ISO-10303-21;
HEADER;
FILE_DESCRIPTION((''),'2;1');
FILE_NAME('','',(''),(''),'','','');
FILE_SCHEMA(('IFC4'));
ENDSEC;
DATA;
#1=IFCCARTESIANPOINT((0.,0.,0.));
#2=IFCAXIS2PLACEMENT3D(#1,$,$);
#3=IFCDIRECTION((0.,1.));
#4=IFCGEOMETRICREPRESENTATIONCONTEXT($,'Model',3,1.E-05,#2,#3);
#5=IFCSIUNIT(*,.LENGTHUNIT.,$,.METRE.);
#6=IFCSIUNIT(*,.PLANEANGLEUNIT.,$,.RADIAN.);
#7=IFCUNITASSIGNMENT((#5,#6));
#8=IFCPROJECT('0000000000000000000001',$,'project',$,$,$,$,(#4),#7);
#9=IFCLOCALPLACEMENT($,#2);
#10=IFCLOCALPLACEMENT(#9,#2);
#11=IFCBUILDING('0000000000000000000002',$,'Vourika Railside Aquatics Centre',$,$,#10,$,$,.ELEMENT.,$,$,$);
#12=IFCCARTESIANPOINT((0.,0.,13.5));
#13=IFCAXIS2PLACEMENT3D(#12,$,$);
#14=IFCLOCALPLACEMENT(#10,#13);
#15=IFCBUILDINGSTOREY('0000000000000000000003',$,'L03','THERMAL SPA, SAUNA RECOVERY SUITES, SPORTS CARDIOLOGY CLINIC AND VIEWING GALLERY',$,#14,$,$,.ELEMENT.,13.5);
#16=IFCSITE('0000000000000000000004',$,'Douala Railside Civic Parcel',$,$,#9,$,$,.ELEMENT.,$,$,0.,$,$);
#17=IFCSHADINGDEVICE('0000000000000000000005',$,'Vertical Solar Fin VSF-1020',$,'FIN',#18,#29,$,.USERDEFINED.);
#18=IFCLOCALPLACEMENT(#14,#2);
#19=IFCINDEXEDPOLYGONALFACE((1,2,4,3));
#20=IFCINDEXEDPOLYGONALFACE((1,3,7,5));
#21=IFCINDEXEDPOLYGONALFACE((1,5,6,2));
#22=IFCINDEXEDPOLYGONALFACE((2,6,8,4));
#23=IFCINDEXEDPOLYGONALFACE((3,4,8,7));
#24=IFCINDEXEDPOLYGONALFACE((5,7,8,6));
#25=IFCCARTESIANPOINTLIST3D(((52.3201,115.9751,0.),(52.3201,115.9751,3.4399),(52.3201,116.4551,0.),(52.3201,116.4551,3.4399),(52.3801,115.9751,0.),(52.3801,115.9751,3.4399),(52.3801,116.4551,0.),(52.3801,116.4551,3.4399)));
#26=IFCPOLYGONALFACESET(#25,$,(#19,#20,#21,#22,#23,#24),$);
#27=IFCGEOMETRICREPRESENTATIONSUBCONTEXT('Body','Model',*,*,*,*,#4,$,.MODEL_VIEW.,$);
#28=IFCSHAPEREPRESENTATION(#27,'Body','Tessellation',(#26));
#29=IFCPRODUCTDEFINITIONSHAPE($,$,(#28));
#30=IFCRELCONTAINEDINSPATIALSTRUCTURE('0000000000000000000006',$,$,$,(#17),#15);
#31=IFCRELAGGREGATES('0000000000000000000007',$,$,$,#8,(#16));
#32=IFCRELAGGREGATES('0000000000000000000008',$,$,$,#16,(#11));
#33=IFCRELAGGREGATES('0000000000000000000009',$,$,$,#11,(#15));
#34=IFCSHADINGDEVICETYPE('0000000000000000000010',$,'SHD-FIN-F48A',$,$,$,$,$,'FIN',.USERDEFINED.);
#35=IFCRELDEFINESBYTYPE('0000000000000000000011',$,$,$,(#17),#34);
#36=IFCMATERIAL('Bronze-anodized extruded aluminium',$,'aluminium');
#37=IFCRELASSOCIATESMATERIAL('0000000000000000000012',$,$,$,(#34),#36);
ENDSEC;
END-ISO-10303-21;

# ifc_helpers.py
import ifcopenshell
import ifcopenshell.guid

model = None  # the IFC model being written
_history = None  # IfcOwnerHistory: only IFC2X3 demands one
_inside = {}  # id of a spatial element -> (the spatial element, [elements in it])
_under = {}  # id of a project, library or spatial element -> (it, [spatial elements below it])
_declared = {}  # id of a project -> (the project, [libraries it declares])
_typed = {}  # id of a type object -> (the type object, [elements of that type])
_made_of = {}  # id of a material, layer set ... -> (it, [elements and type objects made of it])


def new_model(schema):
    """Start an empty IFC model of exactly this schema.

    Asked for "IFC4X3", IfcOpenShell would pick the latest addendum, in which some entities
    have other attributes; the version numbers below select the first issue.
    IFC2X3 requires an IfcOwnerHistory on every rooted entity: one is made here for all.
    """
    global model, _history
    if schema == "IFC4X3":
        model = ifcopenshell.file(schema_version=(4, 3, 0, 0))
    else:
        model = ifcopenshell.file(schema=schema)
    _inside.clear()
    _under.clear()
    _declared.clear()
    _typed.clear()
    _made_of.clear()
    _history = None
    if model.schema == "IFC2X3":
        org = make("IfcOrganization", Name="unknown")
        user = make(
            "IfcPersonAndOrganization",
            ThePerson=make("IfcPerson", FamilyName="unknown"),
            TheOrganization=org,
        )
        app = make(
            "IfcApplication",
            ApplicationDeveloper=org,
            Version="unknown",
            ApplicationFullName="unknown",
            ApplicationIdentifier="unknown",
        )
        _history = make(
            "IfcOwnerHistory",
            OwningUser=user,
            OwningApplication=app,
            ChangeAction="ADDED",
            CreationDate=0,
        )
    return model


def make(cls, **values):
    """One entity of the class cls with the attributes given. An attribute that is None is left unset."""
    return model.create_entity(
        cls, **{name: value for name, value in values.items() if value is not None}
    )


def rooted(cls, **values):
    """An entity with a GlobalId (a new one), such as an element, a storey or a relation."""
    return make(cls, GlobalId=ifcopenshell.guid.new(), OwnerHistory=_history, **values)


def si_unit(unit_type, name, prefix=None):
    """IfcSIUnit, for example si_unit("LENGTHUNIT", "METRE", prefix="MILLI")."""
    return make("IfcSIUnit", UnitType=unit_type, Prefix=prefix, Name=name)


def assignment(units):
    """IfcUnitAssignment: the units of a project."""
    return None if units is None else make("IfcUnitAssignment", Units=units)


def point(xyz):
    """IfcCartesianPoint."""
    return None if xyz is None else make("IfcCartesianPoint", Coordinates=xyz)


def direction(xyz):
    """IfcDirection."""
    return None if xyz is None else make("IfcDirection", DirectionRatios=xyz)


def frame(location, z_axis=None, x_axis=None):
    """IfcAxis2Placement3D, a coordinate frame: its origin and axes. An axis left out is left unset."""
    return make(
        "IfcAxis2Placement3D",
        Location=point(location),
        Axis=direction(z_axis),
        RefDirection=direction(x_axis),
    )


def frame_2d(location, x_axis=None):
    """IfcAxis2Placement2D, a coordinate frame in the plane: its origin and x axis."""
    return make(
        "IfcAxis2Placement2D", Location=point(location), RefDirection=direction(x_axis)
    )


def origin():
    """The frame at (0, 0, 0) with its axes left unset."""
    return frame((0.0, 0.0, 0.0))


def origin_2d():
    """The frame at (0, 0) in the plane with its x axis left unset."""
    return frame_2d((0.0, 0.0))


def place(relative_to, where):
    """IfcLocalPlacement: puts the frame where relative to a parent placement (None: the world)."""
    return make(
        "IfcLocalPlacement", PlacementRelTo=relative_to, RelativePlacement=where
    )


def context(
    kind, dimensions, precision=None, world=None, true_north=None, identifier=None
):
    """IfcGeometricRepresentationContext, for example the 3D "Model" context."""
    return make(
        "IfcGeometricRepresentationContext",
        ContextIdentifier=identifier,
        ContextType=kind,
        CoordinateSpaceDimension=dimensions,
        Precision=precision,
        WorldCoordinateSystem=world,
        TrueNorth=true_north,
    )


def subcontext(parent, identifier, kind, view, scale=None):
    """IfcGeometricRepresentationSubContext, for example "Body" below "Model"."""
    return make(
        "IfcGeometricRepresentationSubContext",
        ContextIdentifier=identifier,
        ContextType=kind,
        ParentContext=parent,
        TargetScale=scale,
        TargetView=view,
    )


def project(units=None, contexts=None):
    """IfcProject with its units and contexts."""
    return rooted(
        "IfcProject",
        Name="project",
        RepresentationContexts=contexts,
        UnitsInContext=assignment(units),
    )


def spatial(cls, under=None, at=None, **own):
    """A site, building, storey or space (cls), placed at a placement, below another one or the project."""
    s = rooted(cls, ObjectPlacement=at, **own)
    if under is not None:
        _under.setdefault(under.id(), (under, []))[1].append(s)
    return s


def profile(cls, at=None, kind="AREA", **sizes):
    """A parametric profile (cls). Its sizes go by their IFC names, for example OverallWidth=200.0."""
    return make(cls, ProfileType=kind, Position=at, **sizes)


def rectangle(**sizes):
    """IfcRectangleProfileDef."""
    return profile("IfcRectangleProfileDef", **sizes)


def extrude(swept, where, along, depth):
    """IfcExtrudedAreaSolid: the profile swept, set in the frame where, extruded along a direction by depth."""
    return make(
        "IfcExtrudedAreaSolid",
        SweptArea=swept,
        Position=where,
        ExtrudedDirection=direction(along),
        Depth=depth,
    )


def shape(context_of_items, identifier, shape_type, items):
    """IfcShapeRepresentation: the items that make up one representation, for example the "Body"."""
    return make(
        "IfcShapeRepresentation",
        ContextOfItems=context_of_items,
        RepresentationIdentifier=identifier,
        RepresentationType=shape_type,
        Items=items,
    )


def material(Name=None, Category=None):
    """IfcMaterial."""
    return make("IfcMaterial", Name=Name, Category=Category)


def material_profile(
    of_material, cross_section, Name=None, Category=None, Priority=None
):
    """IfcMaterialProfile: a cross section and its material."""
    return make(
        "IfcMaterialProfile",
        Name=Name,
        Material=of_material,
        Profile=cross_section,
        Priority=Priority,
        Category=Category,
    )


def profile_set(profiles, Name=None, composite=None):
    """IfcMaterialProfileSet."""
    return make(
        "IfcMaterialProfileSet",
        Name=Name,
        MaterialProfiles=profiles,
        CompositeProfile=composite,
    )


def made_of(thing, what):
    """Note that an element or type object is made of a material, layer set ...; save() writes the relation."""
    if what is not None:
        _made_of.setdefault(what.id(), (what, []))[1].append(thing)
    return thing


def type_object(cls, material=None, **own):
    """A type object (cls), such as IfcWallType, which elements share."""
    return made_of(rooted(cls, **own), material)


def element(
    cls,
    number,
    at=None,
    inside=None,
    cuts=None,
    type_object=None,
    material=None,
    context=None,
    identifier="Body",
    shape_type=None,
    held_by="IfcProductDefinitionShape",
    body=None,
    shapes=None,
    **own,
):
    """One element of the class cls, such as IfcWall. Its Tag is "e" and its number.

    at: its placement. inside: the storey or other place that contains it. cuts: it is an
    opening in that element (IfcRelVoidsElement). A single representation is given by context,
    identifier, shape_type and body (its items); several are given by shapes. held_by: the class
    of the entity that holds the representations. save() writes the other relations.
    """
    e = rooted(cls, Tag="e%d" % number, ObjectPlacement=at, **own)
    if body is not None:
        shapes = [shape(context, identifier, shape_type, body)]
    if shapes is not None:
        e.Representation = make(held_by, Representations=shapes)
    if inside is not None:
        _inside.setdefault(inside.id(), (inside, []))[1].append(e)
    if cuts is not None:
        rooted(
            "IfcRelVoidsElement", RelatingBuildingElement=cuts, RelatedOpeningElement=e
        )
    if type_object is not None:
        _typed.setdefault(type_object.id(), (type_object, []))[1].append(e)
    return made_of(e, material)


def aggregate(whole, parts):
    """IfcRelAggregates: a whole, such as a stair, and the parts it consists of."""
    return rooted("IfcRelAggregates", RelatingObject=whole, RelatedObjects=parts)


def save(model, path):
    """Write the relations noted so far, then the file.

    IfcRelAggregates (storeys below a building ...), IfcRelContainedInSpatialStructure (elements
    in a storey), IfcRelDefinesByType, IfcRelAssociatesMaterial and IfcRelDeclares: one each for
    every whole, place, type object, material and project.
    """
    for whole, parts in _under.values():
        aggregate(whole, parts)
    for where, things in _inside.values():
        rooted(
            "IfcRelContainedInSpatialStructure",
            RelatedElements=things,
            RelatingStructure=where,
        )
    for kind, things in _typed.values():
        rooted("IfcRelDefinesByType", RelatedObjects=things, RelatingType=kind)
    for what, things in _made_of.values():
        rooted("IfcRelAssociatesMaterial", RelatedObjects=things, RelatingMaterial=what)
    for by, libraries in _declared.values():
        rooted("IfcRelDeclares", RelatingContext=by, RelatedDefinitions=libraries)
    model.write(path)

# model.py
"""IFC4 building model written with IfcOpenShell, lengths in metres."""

from ifc_helpers import new_model, si_unit, direction, frame, origin, origin_2d, place, context, subcontext, project, spatial, rectangle, extrude, material, material_profile, profile_set, type_object, element, save


model = new_model("IFC4")

# Units and contexts
model_context = context("Model", 3, precision=1e-05, world=origin(), true_north=direction((0.0, 1.0)))
body_context = subcontext(model_context, "Body", "Model", "MODEL_VIEW")
ifc_project = project(units=[si_unit("LENGTHUNIT", "METRE"), si_unit("PLANEANGLEUNIT", "RADIAN")], contexts=[model_context])

# Site, building, storey
site_placement = place(None, origin())
site = spatial("IfcSite", under=ifc_project, at=site_placement, Name="Douala Railside Civic Parcel", CompositionType="ELEMENT", RefElevation=0.0)
building_placement = place(site_placement, origin())
building = spatial("IfcBuilding", under=site, at=building_placement, Name="Vourika Railside Aquatics Centre", CompositionType="ELEMENT")
storey_placement = place(building_placement, frame((0.0, 0.0, 13.5)))
storey = spatial("IfcBuildingStorey", under=building, at=storey_placement, Name="L03", Description="THERMAL SPA, SAUNA RECOVERY SUITES, SPORTS CARDIOLOGY CLINIC AND VIEWING GALLERY", CompositionType="ELEMENT", Elevation=13.5)

# Shading device
ifc_material_1 = material(Name="Bronze-anodized extruded aluminium", Category="aluminium")
ifc_material_profile_1 = material_profile(ifc_material_1, rectangle(XDim=0.0601, YDim=0.48, at=origin_2d()), Name="ALU-FIN 60x480")
ifc_profile_set_1 = profile_set([ifc_material_profile_1], Name="Bronze-anodized extruded aluminium")
shading_device_type = type_object("IfcShadingDeviceType", Name="SHD-FIN-F48A", ElementType="FIN", PredefinedType="USERDEFINED", material=ifc_profile_set_1)
for number, where, z_axis, x_axis, name in (
    (1, (52.3501, 116.2151, 0.0), (0.0, 0.0, 1.0), (1.0, 0.0, 0.0), "Vertical Solar Fin VSF-1020"),
):
    element("IfcShadingDevice", number, at=place(storey_placement, frame(where, z_axis=z_axis, x_axis=x_axis)), inside=storey, type_object=shading_device_type, Name=name, ObjectType="FIN", PredefinedType="USERDEFINED", context=body_context, shape_type="SweptSolid", body=[
        extrude(rectangle(XDim=0.0601, YDim=0.48, at=origin_2d()), origin(), (0.0, 0.0, 1.0), 3.4399),
    ])

save(model, "model.ifc")
